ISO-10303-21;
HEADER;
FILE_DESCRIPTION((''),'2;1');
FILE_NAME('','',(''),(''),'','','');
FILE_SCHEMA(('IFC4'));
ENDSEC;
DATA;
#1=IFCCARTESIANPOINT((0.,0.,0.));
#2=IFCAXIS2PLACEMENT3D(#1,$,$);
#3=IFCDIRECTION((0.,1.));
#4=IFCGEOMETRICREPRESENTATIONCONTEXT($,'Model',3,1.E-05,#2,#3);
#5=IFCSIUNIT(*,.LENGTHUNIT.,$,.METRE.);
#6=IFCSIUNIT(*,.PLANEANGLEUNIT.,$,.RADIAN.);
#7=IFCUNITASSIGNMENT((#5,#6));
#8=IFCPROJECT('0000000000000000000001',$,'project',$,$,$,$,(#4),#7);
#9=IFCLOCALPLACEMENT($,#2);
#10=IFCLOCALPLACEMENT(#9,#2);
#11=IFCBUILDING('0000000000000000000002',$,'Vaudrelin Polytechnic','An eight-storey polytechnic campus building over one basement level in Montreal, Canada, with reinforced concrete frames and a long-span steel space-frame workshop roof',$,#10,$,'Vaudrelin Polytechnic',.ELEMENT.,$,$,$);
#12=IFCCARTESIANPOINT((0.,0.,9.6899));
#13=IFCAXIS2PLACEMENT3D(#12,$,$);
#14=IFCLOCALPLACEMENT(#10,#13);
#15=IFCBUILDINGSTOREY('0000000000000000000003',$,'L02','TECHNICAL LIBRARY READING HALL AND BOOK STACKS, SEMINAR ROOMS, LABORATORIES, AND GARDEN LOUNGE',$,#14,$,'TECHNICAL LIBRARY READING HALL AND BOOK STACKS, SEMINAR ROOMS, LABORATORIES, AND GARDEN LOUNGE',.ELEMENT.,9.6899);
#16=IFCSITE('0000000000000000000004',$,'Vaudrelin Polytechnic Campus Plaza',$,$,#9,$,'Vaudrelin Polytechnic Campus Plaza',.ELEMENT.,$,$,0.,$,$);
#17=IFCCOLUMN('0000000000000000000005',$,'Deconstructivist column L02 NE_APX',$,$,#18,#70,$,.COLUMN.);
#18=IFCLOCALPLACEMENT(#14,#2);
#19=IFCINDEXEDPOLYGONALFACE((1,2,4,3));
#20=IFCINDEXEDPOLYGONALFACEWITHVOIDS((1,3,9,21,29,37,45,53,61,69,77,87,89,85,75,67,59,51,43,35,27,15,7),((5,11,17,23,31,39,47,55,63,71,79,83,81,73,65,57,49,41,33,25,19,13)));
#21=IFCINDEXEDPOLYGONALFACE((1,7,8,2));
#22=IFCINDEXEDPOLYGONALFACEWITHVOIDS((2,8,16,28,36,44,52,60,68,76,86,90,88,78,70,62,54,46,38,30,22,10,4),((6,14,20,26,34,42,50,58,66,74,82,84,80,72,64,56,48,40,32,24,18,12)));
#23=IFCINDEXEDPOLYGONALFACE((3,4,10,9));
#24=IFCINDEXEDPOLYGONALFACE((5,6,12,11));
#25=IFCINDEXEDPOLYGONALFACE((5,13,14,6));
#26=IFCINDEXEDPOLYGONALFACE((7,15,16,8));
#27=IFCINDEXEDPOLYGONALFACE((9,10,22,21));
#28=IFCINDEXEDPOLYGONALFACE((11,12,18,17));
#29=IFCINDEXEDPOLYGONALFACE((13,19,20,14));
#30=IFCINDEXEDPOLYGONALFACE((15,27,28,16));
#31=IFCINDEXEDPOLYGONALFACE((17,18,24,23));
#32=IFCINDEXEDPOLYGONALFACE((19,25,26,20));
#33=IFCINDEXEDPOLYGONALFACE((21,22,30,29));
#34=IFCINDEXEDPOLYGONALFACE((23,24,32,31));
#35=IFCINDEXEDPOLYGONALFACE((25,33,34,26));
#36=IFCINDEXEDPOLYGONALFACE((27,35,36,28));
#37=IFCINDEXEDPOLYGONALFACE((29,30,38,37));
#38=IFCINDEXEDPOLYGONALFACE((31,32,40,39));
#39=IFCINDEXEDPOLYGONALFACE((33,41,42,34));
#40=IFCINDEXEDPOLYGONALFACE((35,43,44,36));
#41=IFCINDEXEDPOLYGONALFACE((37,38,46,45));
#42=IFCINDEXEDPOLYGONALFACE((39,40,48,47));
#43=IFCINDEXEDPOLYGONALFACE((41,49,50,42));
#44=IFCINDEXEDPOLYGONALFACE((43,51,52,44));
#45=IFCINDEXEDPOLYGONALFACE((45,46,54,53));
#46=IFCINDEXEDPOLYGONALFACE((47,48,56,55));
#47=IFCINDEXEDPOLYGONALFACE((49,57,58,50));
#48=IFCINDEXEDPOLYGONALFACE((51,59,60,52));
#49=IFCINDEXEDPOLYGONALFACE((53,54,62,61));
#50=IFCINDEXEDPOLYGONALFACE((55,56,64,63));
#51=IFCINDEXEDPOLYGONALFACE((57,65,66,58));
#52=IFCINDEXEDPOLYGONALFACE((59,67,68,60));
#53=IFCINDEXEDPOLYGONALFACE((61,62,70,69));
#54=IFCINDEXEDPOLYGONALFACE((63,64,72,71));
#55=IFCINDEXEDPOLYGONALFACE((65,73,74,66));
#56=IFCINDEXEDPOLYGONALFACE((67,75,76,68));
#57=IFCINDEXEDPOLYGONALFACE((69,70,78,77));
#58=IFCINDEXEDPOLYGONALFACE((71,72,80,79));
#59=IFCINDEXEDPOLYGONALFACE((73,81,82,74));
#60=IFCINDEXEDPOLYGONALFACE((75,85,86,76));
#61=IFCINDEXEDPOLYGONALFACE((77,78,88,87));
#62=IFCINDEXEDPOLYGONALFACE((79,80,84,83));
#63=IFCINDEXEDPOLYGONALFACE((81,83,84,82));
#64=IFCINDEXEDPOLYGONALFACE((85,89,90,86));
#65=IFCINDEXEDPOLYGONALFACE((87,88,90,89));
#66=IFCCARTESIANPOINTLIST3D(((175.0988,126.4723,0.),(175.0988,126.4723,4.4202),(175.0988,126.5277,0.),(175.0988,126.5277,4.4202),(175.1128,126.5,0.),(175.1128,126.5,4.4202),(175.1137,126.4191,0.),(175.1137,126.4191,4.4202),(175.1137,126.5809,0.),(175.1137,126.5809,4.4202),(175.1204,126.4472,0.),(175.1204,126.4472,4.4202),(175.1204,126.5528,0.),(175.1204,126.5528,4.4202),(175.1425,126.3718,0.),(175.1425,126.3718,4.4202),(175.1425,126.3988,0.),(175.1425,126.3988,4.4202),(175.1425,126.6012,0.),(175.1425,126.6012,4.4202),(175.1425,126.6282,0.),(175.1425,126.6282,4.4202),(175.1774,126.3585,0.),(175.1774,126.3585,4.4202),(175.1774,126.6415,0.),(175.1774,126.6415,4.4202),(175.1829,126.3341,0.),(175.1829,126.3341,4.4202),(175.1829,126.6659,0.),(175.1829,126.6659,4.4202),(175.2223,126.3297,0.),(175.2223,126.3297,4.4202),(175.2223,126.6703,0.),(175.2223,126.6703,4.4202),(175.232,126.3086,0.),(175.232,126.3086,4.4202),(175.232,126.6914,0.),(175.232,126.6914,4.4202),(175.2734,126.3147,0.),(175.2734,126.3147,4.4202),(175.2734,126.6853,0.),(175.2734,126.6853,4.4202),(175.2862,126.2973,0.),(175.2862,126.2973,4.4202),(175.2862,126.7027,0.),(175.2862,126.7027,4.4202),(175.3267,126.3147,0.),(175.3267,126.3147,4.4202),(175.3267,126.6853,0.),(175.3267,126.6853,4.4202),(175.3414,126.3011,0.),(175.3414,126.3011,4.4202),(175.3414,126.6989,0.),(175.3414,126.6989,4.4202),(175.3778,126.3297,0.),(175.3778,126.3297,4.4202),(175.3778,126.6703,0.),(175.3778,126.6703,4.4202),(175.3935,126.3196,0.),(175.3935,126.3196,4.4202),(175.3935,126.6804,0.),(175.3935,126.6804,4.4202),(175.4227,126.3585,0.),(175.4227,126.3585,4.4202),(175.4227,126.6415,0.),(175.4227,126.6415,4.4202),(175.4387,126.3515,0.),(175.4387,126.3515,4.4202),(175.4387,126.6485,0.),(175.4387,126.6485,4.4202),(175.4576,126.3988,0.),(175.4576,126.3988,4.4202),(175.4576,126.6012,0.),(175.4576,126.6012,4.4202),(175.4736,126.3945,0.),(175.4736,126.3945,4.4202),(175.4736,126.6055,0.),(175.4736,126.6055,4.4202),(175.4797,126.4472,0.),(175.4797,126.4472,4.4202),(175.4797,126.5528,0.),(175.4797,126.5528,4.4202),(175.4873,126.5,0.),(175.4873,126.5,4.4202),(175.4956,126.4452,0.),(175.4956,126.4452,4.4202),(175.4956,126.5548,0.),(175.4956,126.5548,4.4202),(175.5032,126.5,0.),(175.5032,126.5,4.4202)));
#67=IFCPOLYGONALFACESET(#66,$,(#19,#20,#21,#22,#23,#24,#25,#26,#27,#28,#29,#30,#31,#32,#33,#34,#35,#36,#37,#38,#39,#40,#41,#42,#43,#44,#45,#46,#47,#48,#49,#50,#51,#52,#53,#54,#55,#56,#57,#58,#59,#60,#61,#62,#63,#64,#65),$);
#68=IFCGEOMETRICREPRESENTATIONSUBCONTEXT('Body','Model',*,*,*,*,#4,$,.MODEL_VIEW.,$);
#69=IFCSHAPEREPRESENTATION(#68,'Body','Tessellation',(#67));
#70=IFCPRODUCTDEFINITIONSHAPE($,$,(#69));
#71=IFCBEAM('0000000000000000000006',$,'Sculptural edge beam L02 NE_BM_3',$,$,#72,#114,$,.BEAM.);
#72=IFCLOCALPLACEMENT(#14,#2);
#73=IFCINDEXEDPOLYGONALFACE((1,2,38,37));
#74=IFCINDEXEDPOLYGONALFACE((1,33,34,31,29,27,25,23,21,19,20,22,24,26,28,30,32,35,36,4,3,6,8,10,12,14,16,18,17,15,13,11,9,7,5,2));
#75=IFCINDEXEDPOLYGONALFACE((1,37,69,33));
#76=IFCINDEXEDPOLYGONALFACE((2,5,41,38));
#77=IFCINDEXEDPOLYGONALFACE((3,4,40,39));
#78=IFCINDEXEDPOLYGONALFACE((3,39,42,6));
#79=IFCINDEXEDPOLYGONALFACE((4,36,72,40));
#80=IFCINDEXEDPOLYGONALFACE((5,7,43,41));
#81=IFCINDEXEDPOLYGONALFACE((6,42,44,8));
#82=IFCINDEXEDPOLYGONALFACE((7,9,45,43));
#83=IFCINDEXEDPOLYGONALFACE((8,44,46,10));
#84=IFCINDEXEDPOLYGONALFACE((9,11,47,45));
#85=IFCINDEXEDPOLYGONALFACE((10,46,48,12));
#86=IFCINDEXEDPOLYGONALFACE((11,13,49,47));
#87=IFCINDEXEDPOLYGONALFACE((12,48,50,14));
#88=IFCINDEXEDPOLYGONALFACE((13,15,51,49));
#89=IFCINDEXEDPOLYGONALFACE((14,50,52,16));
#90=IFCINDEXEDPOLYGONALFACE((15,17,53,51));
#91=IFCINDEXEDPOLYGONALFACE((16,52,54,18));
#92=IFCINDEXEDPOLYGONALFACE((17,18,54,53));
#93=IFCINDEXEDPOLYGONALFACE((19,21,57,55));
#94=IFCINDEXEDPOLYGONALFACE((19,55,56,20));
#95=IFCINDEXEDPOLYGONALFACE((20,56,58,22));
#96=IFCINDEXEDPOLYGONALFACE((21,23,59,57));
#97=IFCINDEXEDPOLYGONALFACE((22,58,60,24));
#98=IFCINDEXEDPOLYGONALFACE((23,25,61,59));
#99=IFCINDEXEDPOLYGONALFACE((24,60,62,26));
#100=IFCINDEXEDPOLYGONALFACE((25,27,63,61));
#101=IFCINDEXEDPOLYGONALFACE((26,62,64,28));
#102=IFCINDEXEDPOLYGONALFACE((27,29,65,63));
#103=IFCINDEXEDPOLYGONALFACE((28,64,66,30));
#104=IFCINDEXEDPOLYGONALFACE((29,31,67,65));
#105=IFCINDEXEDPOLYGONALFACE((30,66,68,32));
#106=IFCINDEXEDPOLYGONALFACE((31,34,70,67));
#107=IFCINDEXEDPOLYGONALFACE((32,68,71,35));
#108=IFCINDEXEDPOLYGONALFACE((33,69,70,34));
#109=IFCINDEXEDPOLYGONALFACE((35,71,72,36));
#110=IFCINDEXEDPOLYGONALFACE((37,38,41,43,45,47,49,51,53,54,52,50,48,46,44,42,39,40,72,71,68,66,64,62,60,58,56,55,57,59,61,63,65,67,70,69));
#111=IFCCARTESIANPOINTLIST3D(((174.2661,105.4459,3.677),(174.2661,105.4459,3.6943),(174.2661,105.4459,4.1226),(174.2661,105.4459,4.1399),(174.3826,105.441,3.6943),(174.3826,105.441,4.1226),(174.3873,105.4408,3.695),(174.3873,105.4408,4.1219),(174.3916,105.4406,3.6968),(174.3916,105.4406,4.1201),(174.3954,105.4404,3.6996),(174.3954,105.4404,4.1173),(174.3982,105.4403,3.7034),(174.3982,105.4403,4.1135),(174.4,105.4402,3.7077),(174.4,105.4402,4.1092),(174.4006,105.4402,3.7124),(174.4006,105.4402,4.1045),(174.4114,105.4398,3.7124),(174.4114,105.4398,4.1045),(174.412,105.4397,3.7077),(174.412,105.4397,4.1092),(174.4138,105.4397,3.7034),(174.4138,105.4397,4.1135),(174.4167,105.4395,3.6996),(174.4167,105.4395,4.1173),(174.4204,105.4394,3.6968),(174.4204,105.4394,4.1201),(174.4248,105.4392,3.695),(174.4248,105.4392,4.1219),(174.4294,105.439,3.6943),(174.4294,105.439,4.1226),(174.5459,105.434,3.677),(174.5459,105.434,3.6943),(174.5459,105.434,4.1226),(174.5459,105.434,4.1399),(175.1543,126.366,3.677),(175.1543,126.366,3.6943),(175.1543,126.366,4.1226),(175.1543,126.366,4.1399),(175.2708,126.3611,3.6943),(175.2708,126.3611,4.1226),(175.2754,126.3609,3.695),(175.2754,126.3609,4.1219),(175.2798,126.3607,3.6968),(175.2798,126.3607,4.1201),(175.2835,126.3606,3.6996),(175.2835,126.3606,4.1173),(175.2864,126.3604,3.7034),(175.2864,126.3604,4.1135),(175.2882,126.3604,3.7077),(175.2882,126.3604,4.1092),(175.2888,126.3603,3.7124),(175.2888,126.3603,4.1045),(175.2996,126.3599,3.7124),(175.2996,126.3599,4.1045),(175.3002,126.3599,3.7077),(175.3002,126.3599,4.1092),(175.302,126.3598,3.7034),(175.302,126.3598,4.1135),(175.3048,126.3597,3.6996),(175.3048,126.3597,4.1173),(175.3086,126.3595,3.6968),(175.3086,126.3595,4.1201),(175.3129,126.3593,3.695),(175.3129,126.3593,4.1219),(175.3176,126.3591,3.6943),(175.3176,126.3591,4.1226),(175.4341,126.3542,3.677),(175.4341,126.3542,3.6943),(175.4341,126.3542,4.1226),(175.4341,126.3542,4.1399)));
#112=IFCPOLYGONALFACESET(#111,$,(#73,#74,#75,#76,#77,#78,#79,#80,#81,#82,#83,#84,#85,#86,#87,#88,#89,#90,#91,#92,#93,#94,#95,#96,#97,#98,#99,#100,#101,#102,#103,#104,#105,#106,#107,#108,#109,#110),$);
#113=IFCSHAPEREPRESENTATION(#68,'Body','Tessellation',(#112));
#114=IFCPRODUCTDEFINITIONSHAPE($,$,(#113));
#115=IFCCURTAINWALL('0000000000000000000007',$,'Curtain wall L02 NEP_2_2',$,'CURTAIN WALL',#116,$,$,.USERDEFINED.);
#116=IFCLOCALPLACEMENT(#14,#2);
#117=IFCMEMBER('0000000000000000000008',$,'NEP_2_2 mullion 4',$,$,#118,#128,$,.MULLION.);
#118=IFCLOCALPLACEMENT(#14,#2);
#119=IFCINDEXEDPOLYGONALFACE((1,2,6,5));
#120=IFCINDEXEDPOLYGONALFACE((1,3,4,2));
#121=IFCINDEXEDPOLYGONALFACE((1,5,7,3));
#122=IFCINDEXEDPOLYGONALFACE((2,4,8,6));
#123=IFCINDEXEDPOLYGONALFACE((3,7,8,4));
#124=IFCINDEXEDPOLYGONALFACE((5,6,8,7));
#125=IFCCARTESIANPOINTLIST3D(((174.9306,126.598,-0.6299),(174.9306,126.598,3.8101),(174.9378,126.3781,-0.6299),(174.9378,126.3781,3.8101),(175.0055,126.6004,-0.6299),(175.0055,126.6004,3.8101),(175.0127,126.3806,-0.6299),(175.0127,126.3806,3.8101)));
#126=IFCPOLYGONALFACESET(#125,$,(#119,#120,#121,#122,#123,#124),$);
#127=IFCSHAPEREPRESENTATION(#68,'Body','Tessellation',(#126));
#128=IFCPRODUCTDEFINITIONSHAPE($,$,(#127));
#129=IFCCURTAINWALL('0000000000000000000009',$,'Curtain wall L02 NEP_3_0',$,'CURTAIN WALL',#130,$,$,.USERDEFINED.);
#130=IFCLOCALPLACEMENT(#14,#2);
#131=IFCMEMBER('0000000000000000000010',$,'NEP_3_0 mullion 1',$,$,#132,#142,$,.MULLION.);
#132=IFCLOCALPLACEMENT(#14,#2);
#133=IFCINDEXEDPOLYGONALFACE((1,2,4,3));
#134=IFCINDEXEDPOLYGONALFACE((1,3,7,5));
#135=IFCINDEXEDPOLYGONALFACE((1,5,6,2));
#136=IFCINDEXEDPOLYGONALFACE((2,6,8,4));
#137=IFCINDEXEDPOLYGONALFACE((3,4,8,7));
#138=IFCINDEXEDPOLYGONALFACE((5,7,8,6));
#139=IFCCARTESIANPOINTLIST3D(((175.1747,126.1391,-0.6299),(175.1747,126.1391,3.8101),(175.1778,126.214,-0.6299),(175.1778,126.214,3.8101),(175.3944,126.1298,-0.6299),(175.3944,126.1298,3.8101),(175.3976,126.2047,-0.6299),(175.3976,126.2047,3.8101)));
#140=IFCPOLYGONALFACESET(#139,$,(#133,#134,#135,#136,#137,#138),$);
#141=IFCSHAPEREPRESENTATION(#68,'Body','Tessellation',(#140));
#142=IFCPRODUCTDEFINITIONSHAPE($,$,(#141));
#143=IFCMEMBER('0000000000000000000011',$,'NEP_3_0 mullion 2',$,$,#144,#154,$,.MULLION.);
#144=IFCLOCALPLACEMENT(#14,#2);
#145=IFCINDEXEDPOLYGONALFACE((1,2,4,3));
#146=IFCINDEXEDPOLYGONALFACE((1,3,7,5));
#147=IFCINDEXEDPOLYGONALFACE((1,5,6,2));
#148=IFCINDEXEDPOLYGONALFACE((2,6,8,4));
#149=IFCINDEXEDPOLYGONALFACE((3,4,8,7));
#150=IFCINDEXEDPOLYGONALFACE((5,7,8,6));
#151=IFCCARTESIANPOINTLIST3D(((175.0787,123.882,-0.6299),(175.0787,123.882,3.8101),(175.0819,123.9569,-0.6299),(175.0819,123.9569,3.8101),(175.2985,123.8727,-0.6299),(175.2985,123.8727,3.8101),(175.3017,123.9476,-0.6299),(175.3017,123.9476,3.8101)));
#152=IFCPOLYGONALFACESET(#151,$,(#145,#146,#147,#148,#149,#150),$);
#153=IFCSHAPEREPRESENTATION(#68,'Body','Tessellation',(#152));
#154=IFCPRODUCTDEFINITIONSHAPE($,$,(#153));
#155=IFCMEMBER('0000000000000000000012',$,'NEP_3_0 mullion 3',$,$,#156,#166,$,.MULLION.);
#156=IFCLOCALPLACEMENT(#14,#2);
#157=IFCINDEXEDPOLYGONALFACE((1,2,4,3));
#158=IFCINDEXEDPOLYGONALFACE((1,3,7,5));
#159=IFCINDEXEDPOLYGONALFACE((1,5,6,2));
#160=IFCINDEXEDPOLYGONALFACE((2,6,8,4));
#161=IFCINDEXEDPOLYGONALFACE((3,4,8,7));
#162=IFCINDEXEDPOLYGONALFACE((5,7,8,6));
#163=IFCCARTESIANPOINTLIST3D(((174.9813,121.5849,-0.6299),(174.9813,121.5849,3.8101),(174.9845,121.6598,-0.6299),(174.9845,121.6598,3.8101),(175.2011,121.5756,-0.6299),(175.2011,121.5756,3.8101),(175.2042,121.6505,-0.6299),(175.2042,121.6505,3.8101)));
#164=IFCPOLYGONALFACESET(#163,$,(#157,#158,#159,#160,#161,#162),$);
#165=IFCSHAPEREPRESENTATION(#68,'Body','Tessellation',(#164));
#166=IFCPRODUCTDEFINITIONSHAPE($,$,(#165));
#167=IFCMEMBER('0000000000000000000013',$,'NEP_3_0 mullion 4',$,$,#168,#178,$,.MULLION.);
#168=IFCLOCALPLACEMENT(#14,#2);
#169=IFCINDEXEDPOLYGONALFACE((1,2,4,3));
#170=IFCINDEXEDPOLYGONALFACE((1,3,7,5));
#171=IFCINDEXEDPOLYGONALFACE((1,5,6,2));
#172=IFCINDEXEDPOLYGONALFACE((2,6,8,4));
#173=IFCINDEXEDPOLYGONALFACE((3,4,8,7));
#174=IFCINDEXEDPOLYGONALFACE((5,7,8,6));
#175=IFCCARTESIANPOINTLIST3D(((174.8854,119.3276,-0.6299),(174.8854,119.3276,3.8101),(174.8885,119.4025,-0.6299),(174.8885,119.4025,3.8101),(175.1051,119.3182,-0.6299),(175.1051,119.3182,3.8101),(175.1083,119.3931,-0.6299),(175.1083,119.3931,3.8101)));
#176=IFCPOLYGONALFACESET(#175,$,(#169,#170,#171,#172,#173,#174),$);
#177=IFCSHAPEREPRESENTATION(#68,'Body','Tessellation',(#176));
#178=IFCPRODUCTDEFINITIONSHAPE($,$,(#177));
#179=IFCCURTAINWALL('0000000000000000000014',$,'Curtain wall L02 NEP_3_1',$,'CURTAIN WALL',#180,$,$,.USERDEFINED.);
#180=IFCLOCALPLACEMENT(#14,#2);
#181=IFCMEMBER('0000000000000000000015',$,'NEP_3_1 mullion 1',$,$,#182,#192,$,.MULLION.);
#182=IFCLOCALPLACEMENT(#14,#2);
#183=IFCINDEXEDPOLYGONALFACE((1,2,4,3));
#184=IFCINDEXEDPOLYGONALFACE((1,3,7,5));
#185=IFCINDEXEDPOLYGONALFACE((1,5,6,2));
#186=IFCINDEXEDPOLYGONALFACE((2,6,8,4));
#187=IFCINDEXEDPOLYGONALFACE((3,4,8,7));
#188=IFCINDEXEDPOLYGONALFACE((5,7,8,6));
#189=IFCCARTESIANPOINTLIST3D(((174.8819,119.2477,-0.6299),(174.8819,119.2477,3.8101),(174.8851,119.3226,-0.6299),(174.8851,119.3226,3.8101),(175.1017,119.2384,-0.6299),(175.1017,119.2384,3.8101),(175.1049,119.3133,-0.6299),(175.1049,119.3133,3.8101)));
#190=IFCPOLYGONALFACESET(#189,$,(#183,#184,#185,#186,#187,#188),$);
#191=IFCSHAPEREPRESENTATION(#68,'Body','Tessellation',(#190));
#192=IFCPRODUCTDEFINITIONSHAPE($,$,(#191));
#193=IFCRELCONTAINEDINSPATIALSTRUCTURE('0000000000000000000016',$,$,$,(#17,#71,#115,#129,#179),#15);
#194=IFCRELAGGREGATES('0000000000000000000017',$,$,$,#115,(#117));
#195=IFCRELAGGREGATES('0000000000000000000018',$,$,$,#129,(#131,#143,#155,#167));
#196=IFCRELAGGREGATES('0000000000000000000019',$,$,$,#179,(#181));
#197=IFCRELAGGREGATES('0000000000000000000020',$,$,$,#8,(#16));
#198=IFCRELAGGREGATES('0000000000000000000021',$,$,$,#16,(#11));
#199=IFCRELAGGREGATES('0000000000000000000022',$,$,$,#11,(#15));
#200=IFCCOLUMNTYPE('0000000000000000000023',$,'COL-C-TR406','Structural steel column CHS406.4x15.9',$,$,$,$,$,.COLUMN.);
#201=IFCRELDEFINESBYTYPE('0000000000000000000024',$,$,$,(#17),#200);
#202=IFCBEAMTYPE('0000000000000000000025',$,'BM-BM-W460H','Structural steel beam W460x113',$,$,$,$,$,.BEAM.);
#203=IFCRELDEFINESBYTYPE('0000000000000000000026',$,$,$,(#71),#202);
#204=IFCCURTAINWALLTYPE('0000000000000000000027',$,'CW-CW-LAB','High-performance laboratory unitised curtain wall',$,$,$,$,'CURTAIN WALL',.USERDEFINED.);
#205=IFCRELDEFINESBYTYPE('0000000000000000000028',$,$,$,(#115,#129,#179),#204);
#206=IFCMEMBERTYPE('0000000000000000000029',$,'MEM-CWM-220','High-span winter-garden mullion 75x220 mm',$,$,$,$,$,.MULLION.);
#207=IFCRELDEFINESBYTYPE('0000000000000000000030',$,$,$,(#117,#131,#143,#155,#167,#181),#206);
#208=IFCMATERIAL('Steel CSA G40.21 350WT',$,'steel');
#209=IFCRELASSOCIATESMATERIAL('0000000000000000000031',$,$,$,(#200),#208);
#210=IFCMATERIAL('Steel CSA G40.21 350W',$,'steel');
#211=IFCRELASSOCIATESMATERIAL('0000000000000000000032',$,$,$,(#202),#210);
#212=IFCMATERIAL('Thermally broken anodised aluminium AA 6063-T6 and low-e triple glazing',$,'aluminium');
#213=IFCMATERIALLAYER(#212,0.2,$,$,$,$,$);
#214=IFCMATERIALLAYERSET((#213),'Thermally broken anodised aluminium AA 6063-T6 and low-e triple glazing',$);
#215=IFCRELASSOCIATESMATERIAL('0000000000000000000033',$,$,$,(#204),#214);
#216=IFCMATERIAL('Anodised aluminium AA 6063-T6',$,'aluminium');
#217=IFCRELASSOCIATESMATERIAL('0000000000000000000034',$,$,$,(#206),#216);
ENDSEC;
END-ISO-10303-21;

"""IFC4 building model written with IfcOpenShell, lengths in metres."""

from ifc_helpers import new_model, si_unit, direction, frame, origin, origin_2d, place, context, subcontext, project, spatial, rectangle, hollow_circle, i_section, extrude, material, layer, layer_set, material_profile, profile_set, type_object, element, aggregate, save


model = new_model("IFC4")

# Units and contexts
model_context = context("Model", 3, precision=1e-05, world=origin(), true_north=direction((0.0, 1.0)))
body_context = subcontext(model_context, "Body", "Model", "MODEL_VIEW")
ifc_project = project(units=[si_unit("LENGTHUNIT", "METRE"), si_unit("PLANEANGLEUNIT", "RADIAN")], contexts=[model_context])

# Site, building, storey
site_placement = place(None, origin())
site = spatial("IfcSite", under=ifc_project, at=site_placement, Name="Vaudrelin Polytechnic Campus Plaza", LongName="Vaudrelin Polytechnic Campus Plaza", CompositionType="ELEMENT", RefElevation=0.0)
building_placement = place(site_placement, origin())
building = spatial("IfcBuilding", under=site, at=building_placement, Name="Vaudrelin Polytechnic", Description="An eight-storey polytechnic campus building over one basement level in Montreal, Canada, with reinforced concrete frames and a long-span steel space-frame workshop roof", LongName="Vaudrelin Polytechnic", CompositionType="ELEMENT")
storey_placement = place(building_placement, frame((0.0, 0.0, 9.6899)))
storey = spatial("IfcBuildingStorey", under=building, at=storey_placement, Name="L02", Description="TECHNICAL LIBRARY READING HALL AND BOOK STACKS, SEMINAR ROOMS, LABORATORIES, AND GARDEN LOUNGE", LongName="TECHNICAL LIBRARY READING HALL AND BOOK STACKS, SEMINAR ROOMS, LABORATORIES, AND GARDEN LOUNGE", CompositionType="ELEMENT", Elevation=9.6899)

# Column
ifc_material_1 = material(Name="Steel CSA G40.21 350WT", Category="steel")
ifc_material_profile_1 = material_profile(ifc_material_1, hollow_circle(Radius=0.2031, WallThickness=0.0159, at=origin_2d()), Name="CHS406.4x15.9")
ifc_profile_set_1 = profile_set([ifc_material_profile_1], Name="Steel CSA G40.21 350WT")
column_type = type_object("IfcColumnType", Name="COL-C-TR406", Description="Structural steel column CHS406.4x15.9", PredefinedType="COLUMN", material=ifc_profile_set_1)
column_placement = place(storey_placement, frame((175.3, 126.5, 0.0), z_axis=(0.0, 0.0, 1.0), x_axis=(1.0, 0.0, 0.0)))
element("IfcColumn", 1, at=column_placement, inside=storey, type_object=column_type, Name="Deconstructivist column L02 NE_APX", PredefinedType="COLUMN", context=body_context, shape_type="SweptSolid", body=[
    extrude(hollow_circle(Radius=0.2031, WallThickness=0.0159, at=origin_2d()), origin(), (0.0, 0.0, 1.0), 4.4202),
])

# Beam
ifc_material_2 = material(Name="Steel CSA G40.21 350W", Category="steel")
ifc_material_profile_2 = material_profile(ifc_material_2, i_section(OverallWidth=0.28, OverallDepth=0.4629, WebThickness=0.0107, FlangeThickness=0.0173, FilletRadius=0.0181, at=origin_2d()), Name="W460x113")
ifc_profile_set_2 = profile_set([ifc_material_profile_2], Name="Steel CSA G40.21 350W")
beam_type = type_object("IfcBeamType", Name="BM-BM-W460H", Description="Structural steel beam W460x113", PredefinedType="BEAM", material=ifc_profile_set_2)
beam_placement = place(storey_placement, frame((175.2942, 126.3601, 3.9084), z_axis=(-0.042418, -0.9991, 0.0), x_axis=(0.9991, -0.042418, 0.0)))
element("IfcBeam", 2, at=beam_placement, inside=storey, type_object=beam_type, Name="Sculptural edge beam L02 NE_BM_3", PredefinedType="BEAM", context=body_context, shape_type="SweptSolid", body=[
    extrude(i_section(OverallWidth=0.28, OverallDepth=0.4629, WebThickness=0.0107, FlangeThickness=0.0173, FilletRadius=0.0181, at=origin_2d()), origin(), (0.0, 0.0, 1.0), 20.939),
])

# Curtain wall, member
ifc_material_3 = material(Name="Thermally broken anodised aluminium AA 6063-T6 and low-e triple glazing", Category="aluminium")
ifc_layer_1 = layer(ifc_material_3, 0.2)
ifc_layer_set_1 = layer_set([ifc_layer_1], Name="Thermally broken anodised aluminium AA 6063-T6 and low-e triple glazing")
curtain_wall_type = type_object("IfcCurtainWallType", Name="CW-CW-LAB", Description="High-performance laboratory unitised curtain wall", ElementType="CURTAIN WALL", PredefinedType="USERDEFINED", material=ifc_layer_set_1)
curtain_wall_1_placement = place(storey_placement, origin())
curtain_wall_1 = element("IfcCurtainWall", 3, at=curtain_wall_1_placement, inside=storey, type_object=curtain_wall_type, Name="Curtain wall L02 NEP_2_2", ObjectType="CURTAIN WALL", PredefinedType="USERDEFINED")
ifc_material_4 = material(Name="Anodised aluminium AA 6063-T6", Category="aluminium")
ifc_material_profile_3 = material_profile(ifc_material_4, rectangle(XDim=0.075, YDim=0.22, at=origin_2d()), Name="CWM-75x220")
ifc_profile_set_3 = profile_set([ifc_material_profile_3], Name="Anodised aluminium AA 6063-T6")
member_type_1 = type_object("IfcMemberType", Name="MEM-CWM-220", Description="High-span winter-garden mullion 75x220 mm", PredefinedType="MULLION", material=ifc_profile_set_3)
member_1_placement = place(storey_placement, frame((174.9717, 126.4893, -0.6299), z_axis=(0.0, 0.0, 1.0), x_axis=(0.999465, 0.032693, 0.0)))
member_1 = element("IfcMember", 4, at=member_1_placement, type_object=member_type_1, Name="NEP_2_2 mullion 4", PredefinedType="MULLION", context=body_context, shape_type="SweptSolid", body=[
    extrude(rectangle(XDim=0.075, YDim=0.22, at=origin_2d()), origin(), (0.0, 0.0, 1.0), 4.4399),
])

# Curtain walls, members
curtain_wall_2_placement = place(storey_placement, origin())
curtain_wall_2 = element("IfcCurtainWall", 5, at=curtain_wall_2_placement, inside=storey, type_object=curtain_wall_type, Name="Curtain wall L02 NEP_3_0", ObjectType="CURTAIN WALL", PredefinedType="USERDEFINED")
member_2_placement = place(storey_placement, frame((175.2861, 126.1719, -0.6299), z_axis=(0.0, 0.0, 1.0), x_axis=(-0.04242, -0.9991, 0.0)))
member_2 = element("IfcMember", 6, at=member_2_placement, type_object=member_type_1, Name="NEP_3_0 mullion 1", PredefinedType="MULLION", context=body_context, shape_type="SweptSolid", body=[
    extrude(rectangle(XDim=0.075, YDim=0.22, at=origin_2d()), origin(), (0.0, 0.0, 1.0), 4.4399),
])
member_3_placement = place(storey_placement, frame((175.1902, 123.9148, -0.6299), z_axis=(0.0, 0.0, 1.0), x_axis=(-0.04242, -0.9991, 0.0)))
member_3 = element("IfcMember", 7, at=member_3_placement, type_object=member_type_1, Name="NEP_3_0 mullion 2", PredefinedType="MULLION", context=body_context, shape_type="SweptSolid", body=[
    extrude(rectangle(XDim=0.075, YDim=0.22, at=origin_2d()), origin(), (0.0, 0.0, 1.0), 4.4399),
])
member_4_placement = place(storey_placement, frame((175.0928, 121.6177, -0.6299), z_axis=(0.0, 0.0, 1.0), x_axis=(-0.04242, -0.9991, 0.0)))
member_4 = element("IfcMember", 8, at=member_4_placement, type_object=member_type_1, Name="NEP_3_0 mullion 3", PredefinedType="MULLION", context=body_context, shape_type="SweptSolid", body=[
    extrude(rectangle(XDim=0.075, YDim=0.22, at=origin_2d()), origin(), (0.0, 0.0, 1.0), 4.4399),
])
member_5_placement = place(storey_placement, frame((174.9968, 119.3604, -0.6299), z_axis=(0.0, 0.0, 1.0), x_axis=(-0.04242, -0.9991, 0.0)))
member_5 = element("IfcMember", 9, at=member_5_placement, type_object=member_type_1, Name="NEP_3_0 mullion 4", PredefinedType="MULLION", context=body_context, shape_type="SweptSolid", body=[
    extrude(rectangle(XDim=0.075, YDim=0.22, at=origin_2d()), origin(), (0.0, 0.0, 1.0), 4.4399),
])
curtain_wall_3_placement = place(storey_placement, origin())
curtain_wall_3 = element("IfcCurtainWall", 10, at=curtain_wall_3_placement, inside=storey, type_object=curtain_wall_type, Name="Curtain wall L02 NEP_3_1", ObjectType="CURTAIN WALL", PredefinedType="USERDEFINED")
member_6_placement = place(storey_placement, frame((174.9934, 119.2805, -0.6299), z_axis=(0.0, 0.0, 1.0), x_axis=(-0.042405, -0.9991, 0.0)))
member_6 = element("IfcMember", 11, at=member_6_placement, type_object=member_type_1, Name="NEP_3_1 mullion 1", PredefinedType="MULLION", context=body_context, shape_type="SweptSolid", body=[
    extrude(rectangle(XDim=0.075, YDim=0.22, at=origin_2d()), origin(), (0.0, 0.0, 1.0), 4.4399),
])

aggregate(curtain_wall_1, [member_1])
aggregate(curtain_wall_2, [member_2, member_3, member_4, member_5])
aggregate(curtain_wall_3, [member_6])

save(model, "model.ifc")
